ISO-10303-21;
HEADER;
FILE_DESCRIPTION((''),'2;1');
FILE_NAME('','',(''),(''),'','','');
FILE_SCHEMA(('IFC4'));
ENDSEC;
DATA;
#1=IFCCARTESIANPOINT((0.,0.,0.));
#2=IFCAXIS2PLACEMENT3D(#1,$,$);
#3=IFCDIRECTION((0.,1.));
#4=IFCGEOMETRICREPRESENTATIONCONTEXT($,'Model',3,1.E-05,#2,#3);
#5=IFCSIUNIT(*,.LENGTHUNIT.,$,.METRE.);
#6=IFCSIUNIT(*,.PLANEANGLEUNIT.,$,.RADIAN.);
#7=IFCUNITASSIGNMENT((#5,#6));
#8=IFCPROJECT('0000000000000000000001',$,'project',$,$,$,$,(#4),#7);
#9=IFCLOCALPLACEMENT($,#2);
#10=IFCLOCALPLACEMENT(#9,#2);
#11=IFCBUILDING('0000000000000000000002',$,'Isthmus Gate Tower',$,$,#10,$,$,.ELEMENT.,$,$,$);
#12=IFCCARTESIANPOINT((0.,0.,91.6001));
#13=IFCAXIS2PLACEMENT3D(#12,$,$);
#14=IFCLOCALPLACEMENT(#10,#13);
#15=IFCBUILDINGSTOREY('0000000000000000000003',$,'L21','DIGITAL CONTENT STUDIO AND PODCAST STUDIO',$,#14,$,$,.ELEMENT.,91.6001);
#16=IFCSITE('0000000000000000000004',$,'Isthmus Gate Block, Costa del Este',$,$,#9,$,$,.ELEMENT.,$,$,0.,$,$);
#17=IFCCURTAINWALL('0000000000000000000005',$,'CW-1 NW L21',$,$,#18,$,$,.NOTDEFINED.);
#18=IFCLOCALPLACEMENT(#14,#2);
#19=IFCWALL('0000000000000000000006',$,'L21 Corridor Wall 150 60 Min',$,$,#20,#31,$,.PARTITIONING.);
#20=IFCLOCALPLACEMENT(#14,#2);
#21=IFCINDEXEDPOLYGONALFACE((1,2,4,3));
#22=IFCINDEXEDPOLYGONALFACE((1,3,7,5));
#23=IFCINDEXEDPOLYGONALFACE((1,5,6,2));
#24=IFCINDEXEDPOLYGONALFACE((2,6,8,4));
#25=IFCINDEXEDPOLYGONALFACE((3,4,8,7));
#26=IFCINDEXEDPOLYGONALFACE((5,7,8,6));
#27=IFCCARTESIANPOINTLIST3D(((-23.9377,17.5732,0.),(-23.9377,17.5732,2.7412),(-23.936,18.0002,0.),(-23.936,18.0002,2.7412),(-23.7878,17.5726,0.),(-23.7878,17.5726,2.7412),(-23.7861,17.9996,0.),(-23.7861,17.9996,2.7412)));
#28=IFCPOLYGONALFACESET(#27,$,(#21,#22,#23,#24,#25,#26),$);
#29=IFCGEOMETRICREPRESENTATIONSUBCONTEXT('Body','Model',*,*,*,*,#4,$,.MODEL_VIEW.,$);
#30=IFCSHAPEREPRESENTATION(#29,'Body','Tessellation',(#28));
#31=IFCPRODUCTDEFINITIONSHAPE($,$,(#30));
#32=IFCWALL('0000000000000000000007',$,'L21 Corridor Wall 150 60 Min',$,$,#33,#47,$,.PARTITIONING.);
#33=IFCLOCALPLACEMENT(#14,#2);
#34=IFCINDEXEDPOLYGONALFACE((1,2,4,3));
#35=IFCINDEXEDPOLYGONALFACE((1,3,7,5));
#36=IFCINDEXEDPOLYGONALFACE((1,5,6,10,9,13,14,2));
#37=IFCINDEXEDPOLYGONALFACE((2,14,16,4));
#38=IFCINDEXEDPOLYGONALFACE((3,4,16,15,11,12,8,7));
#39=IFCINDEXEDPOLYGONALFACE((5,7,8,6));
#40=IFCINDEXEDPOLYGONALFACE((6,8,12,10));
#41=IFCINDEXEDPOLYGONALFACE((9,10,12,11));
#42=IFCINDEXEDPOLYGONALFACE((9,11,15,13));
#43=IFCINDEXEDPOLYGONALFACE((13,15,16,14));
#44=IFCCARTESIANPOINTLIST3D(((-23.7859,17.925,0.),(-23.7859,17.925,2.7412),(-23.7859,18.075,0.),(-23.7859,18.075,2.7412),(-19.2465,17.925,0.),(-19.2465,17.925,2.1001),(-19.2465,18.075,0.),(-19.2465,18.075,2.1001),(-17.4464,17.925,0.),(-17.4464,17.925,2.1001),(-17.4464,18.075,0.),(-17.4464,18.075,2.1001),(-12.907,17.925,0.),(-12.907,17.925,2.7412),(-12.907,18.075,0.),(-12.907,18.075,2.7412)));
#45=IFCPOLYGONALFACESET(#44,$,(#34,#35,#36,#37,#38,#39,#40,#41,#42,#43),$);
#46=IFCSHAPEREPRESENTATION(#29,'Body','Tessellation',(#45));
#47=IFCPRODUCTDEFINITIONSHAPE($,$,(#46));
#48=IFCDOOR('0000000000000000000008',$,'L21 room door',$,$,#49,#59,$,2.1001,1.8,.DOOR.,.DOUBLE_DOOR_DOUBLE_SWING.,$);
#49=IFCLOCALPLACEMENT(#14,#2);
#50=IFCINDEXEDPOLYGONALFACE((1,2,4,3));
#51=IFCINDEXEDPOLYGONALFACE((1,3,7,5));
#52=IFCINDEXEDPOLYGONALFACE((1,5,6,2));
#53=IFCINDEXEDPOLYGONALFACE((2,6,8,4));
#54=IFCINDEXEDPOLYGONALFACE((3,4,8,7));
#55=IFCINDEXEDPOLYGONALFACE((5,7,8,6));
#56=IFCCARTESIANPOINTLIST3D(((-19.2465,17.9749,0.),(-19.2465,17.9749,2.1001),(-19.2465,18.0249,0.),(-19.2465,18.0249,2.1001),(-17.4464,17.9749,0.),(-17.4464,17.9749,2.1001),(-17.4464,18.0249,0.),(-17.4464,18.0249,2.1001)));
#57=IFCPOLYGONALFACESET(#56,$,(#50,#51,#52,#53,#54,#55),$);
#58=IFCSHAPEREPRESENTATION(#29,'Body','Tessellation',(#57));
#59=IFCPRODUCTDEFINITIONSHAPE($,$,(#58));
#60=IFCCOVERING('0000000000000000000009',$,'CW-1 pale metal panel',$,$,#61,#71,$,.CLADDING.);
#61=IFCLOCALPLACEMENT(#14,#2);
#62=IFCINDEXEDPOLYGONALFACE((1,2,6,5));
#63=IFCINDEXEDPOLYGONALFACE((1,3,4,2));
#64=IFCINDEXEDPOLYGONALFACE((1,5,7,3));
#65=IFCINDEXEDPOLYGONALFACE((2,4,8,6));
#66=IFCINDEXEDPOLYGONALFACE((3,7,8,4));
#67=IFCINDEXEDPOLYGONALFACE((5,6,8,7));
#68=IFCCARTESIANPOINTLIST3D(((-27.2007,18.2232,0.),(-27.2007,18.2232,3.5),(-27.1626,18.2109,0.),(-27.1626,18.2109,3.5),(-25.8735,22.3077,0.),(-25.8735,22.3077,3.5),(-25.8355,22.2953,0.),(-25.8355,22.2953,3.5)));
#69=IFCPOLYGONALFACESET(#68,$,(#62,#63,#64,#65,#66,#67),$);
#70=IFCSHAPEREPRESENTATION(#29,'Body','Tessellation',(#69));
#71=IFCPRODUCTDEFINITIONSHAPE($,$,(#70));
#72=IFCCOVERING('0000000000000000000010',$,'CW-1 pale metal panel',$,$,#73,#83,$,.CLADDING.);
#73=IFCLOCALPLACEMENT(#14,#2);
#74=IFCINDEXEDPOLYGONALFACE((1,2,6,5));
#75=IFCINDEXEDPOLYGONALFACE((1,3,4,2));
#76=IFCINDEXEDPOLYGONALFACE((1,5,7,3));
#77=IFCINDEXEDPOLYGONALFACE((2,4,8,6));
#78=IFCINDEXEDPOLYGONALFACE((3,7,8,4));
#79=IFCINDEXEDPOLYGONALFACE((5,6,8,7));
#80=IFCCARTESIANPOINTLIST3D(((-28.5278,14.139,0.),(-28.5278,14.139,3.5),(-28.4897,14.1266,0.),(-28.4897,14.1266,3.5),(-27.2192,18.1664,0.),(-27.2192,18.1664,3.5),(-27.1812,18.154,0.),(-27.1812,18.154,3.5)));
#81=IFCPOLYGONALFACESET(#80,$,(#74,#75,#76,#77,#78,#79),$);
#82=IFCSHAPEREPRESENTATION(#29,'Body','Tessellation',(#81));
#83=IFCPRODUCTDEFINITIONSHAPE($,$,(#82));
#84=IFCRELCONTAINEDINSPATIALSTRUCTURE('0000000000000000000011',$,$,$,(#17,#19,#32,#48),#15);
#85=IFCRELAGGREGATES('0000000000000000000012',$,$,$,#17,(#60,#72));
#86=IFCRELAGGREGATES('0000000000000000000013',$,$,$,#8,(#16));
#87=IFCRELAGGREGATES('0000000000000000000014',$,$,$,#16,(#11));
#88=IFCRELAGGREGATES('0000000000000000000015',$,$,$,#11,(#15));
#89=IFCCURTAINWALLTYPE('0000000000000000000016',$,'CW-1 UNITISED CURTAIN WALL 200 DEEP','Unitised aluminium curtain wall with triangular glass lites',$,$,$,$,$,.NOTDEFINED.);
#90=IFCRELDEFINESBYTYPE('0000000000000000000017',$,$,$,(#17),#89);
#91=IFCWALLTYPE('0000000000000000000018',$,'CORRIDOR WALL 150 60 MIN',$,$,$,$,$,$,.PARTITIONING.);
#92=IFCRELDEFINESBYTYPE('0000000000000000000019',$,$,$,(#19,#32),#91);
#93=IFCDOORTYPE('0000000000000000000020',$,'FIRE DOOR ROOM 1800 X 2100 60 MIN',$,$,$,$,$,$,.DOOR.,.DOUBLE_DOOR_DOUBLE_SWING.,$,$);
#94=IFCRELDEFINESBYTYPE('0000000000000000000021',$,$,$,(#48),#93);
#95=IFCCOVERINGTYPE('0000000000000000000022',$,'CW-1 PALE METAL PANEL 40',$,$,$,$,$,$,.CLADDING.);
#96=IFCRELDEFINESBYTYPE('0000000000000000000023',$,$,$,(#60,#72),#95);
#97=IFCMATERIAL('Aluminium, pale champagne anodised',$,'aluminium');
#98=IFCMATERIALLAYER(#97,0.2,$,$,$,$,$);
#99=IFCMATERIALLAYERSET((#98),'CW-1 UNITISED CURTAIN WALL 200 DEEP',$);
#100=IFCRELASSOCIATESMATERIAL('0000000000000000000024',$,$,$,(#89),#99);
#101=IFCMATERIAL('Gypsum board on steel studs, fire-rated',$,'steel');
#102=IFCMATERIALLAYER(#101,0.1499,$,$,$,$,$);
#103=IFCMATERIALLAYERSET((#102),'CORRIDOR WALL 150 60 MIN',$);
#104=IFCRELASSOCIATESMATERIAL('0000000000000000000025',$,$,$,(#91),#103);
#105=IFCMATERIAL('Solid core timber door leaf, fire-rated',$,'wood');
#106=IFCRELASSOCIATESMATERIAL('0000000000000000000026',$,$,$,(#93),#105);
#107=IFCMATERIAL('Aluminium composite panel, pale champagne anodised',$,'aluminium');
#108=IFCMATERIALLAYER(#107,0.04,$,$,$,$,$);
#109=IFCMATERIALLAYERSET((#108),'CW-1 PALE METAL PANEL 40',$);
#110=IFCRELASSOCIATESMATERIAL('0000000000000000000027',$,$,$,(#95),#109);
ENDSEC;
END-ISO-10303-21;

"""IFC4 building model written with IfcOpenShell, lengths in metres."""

from ifc_helpers import new_model, si_unit, direction, frame, frame_2d, origin, origin_2d, place, context, subcontext, project, spatial, rectangle, extrude, material, layer, layer_set, type_object, element, fill, aggregate, save


model = new_model("IFC4")

# Units and contexts
model_context = context("Model", 3, precision=1e-05, world=origin(), true_north=direction((0.0, 1.0)))
body_context = subcontext(model_context, "Body", "Model", "MODEL_VIEW")
ifc_project = project(units=[si_unit("LENGTHUNIT", "METRE"), si_unit("PLANEANGLEUNIT", "RADIAN")], contexts=[model_context])

# Site, building, storey
site_placement = place(None, origin())
site = spatial("IfcSite", under=ifc_project, at=site_placement, Name="Isthmus Gate Block, Costa del Este", CompositionType="ELEMENT", RefElevation=0.0)
building_placement = place(site_placement, origin())
building = spatial("IfcBuilding", under=site, at=building_placement, Name="Isthmus Gate Tower", CompositionType="ELEMENT")
storey_placement = place(building_placement, frame((0.0, 0.0, 91.6001)))
storey = spatial("IfcBuildingStorey", under=building, at=storey_placement, Name="L21", Description="DIGITAL CONTENT STUDIO AND PODCAST STUDIO", CompositionType="ELEMENT", Elevation=91.6001)

# Shared definitions
ifc_material_1 = material(Name="Aluminium, pale champagne anodised", Category="aluminium")
ifc_layer_1 = layer(ifc_material_1, 0.2)
ifc_layer_set_1 = layer_set([ifc_layer_1], Name="CW-1 UNITISED CURTAIN WALL 200 DEEP")
curtain_wall_type = type_object("IfcCurtainWallType", Name="CW-1 UNITISED CURTAIN WALL 200 DEEP", Description="Unitised aluminium curtain wall with triangular glass lites", PredefinedType="NOTDEFINED", material=ifc_layer_set_1)

# Curtain wall
curtain_wall_1_placement = place(storey_placement, origin())
curtain_wall_1 = element("IfcCurtainWall", 1, at=curtain_wall_1_placement, inside=storey, type_object=curtain_wall_type, Name="CW-1 NW L21", PredefinedType="NOTDEFINED")

# Wall
ifc_material_2 = material(Name="Gypsum board on steel studs, fire-rated", Category="steel")
ifc_layer_2 = layer(ifc_material_2, 0.1499)
ifc_layer_set_2 = layer_set([ifc_layer_2], Name="CORRIDOR WALL 150 60 MIN")
wall_type = type_object("IfcWallType", Name="CORRIDOR WALL 150 60 MIN", PredefinedType="PARTITIONING", material=ifc_layer_set_2)
wall_1_placement = place(storey_placement, frame((-23.8628, 17.573, 0.0), z_axis=(0.0, 0.0, 1.0), x_axis=(0.004002, 0.999992, 0.0)))
element("IfcWall", 2, at=wall_1_placement, inside=storey, type_object=wall_type, Name="L21 Corridor Wall 150 60 Min", PredefinedType="PARTITIONING", context=body_context, shape_type="SweptSolid", body=[
    extrude(rectangle(XDim=0.427, YDim=0.1499, at=frame_2d((0.2134, 0.0))), origin(), (0.0, 0.0, 1.0), 2.7412),
])

# Wall, opening, door
wall_2_placement = place(storey_placement, frame((-23.7859, 18.0, 0.0), z_axis=(0.0, 0.0, 1.0), x_axis=(1.0, 0.0, 0.0)))
wall_2 = element("IfcWall", 3, at=wall_2_placement, inside=storey, type_object=wall_type, Name="L21 Corridor Wall 150 60 Min", PredefinedType="PARTITIONING", context=body_context, shape_type="SweptSolid", body=[
    extrude(rectangle(XDim=10.8789, YDim=0.1499, at=frame_2d((5.4395, 0.0))), origin(), (0.0, 0.0, 1.0), 2.7412),
])
opening_placement = place(wall_2_placement, frame((4.5396, 0.0, 0.0)))
opening = element("IfcOpeningElement", 4, at=opening_placement, cuts=wall_2, PredefinedType="OPENING", context=body_context, shape_type="SweptSolid", body=[
    extrude(rectangle(XDim=1.8, YDim=2.1001, at=frame_2d((0.8999, 1.05))), frame((0.0, 0.085, 0.0), z_axis=(0.0, -1.0, 0.0), x_axis=(1.0, 0.0, 0.0)), (0.0, 0.0, 1.0), 0.1699),
])
ifc_material_3 = material(Name="Solid core timber door leaf, fire-rated", Category="wood")
door_type = type_object("IfcDoorType", Name="FIRE DOOR ROOM 1800 X 2100 60 MIN", OperationType="DOUBLE_DOOR_DOUBLE_SWING", PredefinedType="DOOR", material=ifc_material_3)
door_placement = place(opening_placement, origin())
door = element("IfcDoor", 5, at=door_placement, inside=storey, type_object=door_type, Name="L21 room door", OperationType="DOUBLE_DOOR_DOUBLE_SWING", OverallHeight=2.1001, OverallWidth=1.8, PredefinedType="DOOR", context=body_context, shape_type="SweptSolid", body=[
    extrude(rectangle(XDim=1.8, YDim=2.1001, at=frame_2d((0.8999, 1.05))), frame((0.0, 0.0249, 0.0), z_axis=(0.0, -1.0, 0.0), x_axis=(1.0, 0.0, 0.0)), (0.0, 0.0, 1.0), 0.05),
])
fill(opening, door)

# Coverings
ifc_material_4 = material(Name="Aluminium composite panel, pale champagne anodised", Category="aluminium")
ifc_layer_3 = layer(ifc_material_4, 0.04)
ifc_layer_set_3 = layer_set([ifc_layer_3], Name="CW-1 PALE METAL PANEL 40")
covering_type = type_object("IfcCoveringType", Name="CW-1 PALE METAL PANEL 40", PredefinedType="CLADDING", material=ifc_layer_set_3)
covering_1_placement = place(storey_placement, frame((-26.5181, 20.2593, 0.0), z_axis=(0.0, 0.0, 1.0), x_axis=(-0.309017, -0.951057, 0.0)))
covering_1 = element("IfcCovering", 6, at=covering_1_placement, type_object=covering_type, Name="CW-1 pale metal panel", PredefinedType="CLADDING", context=body_context, shape_type="SweptSolid", body=[
    extrude(rectangle(XDim=4.2947, YDim=0.04, at=origin_2d()), origin(), (0.0, 0.0, 1.0), 3.5),
])
covering_2_placement = place(storey_placement, frame((-27.8545, 16.1465, 0.0), z_axis=(0.0, 0.0, 1.0), x_axis=(-0.309017, -0.951057, 0.0)))
covering_2 = element("IfcCovering", 7, at=covering_2_placement, type_object=covering_type, Name="CW-1 pale metal panel", PredefinedType="CLADDING", context=body_context, shape_type="SweptSolid", body=[
    extrude(rectangle(XDim=4.2346, YDim=0.04, at=origin_2d()), origin(), (0.0, 0.0, 1.0), 3.5),
])
aggregate(curtain_wall_1, [covering_1, covering_2])

save(model, "model.ifc")
